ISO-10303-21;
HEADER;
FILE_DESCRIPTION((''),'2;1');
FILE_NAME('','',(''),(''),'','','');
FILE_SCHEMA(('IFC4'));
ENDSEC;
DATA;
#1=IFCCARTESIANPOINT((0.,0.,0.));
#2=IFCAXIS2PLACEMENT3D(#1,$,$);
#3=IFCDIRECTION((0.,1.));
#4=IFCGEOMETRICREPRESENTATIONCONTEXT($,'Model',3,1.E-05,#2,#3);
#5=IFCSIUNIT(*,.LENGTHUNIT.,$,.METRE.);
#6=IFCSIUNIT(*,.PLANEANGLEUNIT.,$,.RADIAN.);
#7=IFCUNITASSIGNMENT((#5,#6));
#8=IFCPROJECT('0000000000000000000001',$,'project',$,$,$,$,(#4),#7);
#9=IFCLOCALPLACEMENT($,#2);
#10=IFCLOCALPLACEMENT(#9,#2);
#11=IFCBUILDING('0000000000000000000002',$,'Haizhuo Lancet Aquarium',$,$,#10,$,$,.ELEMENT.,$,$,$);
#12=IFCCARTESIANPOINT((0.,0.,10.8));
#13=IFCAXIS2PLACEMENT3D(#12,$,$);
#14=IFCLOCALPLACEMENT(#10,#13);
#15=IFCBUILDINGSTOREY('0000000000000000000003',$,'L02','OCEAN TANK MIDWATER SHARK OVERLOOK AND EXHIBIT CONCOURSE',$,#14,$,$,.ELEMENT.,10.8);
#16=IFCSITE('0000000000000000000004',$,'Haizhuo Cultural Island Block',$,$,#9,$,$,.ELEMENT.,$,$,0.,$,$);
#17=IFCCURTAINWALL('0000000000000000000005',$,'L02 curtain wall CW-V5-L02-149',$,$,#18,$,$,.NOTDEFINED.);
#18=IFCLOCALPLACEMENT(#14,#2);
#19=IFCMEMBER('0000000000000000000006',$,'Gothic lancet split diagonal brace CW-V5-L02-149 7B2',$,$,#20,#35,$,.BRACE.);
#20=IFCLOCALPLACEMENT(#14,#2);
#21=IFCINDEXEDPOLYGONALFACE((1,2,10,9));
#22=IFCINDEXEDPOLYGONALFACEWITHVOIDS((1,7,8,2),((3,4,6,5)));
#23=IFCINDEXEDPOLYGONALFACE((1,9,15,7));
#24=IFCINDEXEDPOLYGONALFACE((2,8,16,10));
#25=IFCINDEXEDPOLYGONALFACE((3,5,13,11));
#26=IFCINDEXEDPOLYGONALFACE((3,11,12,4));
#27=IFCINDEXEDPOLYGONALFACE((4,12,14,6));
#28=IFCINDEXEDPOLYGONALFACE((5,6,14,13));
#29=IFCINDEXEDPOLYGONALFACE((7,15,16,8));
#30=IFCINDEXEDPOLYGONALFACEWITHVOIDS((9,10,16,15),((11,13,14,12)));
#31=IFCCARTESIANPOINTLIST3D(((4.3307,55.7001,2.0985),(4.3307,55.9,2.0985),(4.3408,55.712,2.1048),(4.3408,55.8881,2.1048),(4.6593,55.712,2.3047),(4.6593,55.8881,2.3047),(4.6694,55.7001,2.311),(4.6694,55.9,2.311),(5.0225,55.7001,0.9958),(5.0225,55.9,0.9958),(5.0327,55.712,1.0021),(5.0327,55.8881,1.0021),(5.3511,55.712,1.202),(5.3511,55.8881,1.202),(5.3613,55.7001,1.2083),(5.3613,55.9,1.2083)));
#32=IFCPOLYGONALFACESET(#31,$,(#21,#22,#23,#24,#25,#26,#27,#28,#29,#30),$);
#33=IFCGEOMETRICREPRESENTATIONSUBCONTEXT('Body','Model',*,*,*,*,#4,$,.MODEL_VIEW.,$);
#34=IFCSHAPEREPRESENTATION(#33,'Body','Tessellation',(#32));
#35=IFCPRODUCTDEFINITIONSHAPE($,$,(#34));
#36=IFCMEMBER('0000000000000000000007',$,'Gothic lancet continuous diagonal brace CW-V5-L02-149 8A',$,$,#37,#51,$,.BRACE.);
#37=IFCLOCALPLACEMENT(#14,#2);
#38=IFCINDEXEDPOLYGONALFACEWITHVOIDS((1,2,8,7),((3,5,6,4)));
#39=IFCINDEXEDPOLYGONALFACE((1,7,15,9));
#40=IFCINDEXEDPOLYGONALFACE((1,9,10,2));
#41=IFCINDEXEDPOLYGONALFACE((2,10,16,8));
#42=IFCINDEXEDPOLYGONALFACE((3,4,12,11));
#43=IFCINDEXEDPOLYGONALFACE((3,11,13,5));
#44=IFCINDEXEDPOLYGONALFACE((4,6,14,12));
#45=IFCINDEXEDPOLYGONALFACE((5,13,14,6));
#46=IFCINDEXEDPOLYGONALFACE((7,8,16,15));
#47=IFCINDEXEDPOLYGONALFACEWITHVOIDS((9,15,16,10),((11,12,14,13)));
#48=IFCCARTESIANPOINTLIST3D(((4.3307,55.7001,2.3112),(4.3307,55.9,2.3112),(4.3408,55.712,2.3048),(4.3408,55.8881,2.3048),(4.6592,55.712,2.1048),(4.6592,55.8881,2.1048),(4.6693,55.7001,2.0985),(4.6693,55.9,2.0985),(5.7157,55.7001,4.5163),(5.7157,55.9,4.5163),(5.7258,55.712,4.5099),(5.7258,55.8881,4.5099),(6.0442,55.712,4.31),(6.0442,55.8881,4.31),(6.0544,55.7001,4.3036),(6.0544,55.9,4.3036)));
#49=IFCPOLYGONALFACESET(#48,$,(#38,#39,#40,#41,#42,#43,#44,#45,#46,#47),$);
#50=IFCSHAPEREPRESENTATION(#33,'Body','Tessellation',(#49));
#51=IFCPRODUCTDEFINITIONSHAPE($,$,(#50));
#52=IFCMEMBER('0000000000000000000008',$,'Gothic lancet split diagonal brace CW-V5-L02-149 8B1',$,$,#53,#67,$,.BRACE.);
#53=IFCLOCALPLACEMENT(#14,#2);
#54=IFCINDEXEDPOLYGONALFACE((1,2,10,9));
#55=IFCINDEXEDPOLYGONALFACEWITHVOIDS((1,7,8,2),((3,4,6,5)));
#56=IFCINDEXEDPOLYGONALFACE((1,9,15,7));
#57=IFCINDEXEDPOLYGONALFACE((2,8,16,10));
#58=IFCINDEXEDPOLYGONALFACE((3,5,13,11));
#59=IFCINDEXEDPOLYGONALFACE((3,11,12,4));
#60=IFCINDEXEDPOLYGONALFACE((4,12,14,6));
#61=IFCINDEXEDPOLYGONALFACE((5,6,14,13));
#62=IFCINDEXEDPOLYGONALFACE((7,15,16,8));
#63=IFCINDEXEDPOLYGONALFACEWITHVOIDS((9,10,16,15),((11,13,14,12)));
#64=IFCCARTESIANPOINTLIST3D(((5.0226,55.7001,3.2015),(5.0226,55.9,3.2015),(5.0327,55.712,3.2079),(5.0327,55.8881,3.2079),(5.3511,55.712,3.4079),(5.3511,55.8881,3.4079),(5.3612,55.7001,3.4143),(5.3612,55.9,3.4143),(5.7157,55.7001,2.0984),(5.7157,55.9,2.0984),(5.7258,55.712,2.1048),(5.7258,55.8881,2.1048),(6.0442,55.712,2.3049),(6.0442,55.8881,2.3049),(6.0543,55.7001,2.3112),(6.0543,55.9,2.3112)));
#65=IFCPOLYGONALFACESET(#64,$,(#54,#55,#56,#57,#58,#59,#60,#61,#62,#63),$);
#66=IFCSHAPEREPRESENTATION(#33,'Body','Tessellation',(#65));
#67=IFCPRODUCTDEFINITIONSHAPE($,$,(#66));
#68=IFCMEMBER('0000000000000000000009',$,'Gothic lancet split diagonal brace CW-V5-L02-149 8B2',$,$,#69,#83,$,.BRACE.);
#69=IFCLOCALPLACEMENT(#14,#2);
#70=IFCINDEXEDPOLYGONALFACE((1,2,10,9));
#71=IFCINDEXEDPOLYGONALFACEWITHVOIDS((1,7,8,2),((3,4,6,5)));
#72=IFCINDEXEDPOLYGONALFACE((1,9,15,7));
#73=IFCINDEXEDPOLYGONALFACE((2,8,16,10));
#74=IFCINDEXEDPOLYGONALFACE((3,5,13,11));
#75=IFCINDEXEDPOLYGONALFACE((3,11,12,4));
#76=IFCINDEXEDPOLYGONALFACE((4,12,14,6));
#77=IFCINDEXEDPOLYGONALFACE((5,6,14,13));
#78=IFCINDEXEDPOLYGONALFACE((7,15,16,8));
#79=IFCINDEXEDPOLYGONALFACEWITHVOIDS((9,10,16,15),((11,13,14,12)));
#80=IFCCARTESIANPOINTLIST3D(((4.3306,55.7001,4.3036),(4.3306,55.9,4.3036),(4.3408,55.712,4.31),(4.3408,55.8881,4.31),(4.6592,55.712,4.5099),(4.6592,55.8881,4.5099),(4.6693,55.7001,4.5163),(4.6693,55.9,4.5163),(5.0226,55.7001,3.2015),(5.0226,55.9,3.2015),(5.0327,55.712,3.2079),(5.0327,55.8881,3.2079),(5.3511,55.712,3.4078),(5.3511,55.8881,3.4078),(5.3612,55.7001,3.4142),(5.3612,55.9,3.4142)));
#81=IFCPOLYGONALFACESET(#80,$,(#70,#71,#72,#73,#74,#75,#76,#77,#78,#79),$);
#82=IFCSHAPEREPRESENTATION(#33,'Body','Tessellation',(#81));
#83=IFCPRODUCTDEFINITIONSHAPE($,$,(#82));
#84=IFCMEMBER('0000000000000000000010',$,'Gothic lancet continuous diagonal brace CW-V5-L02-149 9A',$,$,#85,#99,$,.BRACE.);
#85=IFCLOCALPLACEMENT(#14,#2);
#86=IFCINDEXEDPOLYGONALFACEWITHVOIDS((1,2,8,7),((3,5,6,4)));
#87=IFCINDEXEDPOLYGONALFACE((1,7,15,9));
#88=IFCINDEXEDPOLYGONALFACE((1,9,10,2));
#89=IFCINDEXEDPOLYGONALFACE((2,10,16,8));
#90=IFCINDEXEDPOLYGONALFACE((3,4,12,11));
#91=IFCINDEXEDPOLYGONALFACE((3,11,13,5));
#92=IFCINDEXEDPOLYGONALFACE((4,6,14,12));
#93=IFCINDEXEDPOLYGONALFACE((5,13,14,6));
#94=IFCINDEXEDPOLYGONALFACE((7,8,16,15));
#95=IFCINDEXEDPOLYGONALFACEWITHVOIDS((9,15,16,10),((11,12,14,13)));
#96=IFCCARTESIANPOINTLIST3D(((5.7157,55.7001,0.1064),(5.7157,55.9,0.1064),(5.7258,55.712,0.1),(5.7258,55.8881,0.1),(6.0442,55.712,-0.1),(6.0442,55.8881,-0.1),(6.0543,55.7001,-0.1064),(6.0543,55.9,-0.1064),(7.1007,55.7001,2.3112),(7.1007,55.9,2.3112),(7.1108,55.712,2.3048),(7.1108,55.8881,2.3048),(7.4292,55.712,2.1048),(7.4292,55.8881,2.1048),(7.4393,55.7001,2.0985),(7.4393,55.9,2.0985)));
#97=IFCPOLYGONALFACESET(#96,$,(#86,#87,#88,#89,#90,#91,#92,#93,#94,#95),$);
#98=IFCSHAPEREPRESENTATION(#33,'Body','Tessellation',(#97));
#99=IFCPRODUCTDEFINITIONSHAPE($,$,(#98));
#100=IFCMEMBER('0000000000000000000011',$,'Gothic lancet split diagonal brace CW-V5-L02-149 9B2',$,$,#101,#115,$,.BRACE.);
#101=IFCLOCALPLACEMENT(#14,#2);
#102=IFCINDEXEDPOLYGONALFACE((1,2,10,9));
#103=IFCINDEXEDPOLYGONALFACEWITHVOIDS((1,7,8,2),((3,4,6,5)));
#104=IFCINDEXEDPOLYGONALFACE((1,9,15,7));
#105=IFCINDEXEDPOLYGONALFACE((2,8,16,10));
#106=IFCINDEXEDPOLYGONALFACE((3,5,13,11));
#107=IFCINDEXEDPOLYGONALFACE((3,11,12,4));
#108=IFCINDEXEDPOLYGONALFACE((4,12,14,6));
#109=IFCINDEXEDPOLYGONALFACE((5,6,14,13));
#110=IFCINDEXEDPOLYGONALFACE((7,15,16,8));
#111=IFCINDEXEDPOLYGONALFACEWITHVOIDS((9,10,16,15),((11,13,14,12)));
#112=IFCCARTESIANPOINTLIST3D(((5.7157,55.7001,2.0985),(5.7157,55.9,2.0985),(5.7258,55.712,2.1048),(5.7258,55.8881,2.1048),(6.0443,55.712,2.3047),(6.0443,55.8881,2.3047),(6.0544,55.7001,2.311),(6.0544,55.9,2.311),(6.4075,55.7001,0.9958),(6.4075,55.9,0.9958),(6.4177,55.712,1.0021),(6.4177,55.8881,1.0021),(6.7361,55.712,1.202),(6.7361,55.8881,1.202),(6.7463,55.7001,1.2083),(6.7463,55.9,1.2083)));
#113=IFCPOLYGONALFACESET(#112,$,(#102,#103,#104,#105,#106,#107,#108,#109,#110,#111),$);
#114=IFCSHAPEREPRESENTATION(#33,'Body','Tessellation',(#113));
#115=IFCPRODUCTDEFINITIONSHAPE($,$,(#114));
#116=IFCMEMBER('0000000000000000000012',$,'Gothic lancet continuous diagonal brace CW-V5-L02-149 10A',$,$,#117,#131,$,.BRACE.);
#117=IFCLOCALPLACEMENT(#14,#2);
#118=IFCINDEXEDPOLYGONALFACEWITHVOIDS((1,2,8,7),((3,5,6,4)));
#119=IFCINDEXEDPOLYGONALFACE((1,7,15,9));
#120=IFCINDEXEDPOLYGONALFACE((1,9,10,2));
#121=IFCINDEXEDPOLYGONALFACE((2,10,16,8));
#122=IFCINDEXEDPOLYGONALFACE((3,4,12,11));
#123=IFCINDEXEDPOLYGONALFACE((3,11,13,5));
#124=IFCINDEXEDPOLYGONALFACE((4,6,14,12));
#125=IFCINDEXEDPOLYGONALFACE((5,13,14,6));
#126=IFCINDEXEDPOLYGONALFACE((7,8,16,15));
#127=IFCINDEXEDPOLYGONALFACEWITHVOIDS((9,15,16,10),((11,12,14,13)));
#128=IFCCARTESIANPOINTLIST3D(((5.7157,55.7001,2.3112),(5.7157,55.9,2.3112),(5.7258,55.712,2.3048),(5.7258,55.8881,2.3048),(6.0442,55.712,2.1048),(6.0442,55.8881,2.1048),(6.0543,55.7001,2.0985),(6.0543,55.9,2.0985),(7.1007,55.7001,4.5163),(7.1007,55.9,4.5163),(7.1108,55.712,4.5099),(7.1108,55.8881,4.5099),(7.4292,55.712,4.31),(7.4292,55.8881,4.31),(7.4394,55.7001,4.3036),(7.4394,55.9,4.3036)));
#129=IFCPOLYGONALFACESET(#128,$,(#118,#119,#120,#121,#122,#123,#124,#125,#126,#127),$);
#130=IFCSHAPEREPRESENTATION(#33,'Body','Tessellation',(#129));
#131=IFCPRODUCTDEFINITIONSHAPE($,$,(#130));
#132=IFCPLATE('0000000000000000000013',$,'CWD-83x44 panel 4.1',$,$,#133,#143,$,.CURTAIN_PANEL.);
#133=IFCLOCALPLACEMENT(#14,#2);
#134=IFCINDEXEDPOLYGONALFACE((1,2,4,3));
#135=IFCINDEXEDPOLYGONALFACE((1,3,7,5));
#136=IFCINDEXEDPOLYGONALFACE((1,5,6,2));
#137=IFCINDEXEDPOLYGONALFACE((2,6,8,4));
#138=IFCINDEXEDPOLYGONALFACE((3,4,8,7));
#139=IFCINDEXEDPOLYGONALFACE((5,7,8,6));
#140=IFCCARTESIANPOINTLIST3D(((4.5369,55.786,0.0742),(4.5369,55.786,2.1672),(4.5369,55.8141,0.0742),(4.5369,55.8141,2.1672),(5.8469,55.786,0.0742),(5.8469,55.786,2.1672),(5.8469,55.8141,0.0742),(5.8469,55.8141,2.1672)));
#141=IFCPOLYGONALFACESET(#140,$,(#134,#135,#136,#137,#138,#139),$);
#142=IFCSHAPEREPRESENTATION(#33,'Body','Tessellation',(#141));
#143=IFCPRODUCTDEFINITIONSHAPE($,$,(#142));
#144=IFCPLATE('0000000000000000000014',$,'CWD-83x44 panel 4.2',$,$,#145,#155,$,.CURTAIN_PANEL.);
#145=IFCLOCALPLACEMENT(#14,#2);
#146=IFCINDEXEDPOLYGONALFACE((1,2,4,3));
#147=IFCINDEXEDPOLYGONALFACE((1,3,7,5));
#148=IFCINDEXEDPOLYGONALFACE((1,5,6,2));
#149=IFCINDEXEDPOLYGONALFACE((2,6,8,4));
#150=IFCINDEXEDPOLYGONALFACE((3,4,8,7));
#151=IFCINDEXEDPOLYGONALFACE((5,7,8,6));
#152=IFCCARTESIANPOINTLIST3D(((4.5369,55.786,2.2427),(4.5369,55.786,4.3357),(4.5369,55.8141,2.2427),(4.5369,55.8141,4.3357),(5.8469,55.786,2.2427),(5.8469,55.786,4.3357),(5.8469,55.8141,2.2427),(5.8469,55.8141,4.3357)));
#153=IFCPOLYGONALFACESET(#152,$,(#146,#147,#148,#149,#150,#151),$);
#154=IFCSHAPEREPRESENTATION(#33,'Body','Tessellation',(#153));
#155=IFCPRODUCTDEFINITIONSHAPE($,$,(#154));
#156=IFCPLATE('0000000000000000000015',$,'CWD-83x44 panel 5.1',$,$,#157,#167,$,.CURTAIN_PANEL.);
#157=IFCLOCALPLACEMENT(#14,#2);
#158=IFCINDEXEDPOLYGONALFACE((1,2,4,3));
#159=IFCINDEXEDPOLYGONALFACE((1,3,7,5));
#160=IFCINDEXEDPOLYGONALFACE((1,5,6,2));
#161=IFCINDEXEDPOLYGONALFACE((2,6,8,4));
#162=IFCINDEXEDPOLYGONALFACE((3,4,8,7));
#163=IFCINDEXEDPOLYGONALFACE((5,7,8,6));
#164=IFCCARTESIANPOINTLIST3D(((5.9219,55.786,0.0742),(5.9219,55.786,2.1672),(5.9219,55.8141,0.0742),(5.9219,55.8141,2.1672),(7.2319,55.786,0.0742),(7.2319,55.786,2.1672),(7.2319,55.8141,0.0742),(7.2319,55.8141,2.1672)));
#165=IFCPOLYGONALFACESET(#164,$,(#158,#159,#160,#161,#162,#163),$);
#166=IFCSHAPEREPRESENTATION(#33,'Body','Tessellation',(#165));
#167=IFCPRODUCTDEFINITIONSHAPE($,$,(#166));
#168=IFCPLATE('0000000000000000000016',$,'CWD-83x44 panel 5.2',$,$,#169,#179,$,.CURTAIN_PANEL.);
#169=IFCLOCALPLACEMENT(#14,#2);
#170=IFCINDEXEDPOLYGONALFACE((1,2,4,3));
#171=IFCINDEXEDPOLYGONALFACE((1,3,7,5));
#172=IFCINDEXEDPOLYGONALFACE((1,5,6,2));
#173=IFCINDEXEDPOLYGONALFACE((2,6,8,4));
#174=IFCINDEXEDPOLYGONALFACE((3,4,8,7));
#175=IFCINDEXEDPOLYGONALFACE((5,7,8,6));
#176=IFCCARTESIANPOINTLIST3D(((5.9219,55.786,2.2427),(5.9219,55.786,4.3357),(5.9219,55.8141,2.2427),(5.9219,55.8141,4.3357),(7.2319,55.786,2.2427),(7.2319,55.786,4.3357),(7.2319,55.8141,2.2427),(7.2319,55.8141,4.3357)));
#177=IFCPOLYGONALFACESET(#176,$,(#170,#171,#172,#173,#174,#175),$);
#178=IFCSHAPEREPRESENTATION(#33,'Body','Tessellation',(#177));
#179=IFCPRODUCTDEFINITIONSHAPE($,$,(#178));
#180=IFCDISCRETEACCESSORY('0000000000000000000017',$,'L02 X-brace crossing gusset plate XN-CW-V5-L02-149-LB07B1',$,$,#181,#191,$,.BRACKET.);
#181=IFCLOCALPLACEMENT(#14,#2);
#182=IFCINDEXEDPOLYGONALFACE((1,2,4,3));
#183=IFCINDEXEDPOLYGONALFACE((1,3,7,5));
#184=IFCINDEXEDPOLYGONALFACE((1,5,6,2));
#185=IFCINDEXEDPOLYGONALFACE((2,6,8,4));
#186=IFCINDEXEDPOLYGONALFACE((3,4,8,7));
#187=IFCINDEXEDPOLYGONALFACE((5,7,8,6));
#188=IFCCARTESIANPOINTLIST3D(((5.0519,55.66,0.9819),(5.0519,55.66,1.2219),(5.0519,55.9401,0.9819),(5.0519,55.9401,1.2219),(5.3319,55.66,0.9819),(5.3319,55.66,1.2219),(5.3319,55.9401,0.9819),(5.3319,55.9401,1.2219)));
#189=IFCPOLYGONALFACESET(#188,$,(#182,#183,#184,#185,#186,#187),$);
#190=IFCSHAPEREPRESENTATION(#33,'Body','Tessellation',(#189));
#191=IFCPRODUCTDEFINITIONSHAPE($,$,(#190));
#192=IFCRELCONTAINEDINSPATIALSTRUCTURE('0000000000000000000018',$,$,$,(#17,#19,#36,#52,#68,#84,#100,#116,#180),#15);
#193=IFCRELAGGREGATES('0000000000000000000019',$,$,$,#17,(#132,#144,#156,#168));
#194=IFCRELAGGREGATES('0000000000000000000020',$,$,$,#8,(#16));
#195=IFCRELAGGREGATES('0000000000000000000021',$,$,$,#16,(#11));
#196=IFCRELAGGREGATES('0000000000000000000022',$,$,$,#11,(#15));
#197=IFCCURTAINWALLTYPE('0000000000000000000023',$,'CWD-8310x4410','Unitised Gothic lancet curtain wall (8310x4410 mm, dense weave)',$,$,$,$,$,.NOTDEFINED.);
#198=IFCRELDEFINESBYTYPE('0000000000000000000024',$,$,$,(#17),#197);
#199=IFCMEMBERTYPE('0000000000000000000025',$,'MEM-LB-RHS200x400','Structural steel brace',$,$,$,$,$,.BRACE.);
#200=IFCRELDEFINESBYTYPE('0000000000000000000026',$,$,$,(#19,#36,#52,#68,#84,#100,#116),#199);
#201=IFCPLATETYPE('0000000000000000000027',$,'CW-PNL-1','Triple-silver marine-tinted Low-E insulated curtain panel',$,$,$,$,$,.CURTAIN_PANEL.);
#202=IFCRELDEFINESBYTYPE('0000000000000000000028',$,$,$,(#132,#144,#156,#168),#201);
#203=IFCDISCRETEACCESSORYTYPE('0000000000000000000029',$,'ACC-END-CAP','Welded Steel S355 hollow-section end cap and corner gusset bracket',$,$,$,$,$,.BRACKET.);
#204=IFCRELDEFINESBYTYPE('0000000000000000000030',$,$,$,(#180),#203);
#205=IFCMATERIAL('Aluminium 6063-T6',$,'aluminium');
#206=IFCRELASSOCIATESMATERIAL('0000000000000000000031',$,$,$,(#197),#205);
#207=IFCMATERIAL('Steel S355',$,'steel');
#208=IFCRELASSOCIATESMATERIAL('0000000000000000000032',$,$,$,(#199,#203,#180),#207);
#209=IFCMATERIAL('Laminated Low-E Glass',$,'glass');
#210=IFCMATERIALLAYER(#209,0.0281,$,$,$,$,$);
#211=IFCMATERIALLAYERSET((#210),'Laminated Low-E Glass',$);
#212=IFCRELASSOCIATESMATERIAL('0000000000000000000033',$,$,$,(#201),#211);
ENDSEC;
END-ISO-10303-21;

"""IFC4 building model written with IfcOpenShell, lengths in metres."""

from ifc_helpers import new_model, si_unit, direction, frame, origin, origin_2d, place, context, subcontext, project, spatial, rectangle, hollow_rectangle, extrude, material, layer, layer_set, material_profile, profile_set, type_object, element, aggregate, save


model = new_model("IFC4")

# Units and contexts
model_context = context("Model", 3, precision=1e-05, world=origin(), true_north=direction((0.0, 1.0)))
body_context = subcontext(model_context, "Body", "Model", "MODEL_VIEW")
ifc_project = project(units=[si_unit("LENGTHUNIT", "METRE"), si_unit("PLANEANGLEUNIT", "RADIAN")], contexts=[model_context])

# Site, building, storey
site_placement = place(None, origin())
site = spatial("IfcSite", under=ifc_project, at=site_placement, Name="Haizhuo Cultural Island Block", CompositionType="ELEMENT", RefElevation=0.0)
building_placement = place(site_placement, origin())
building = spatial("IfcBuilding", under=site, at=building_placement, Name="Haizhuo Lancet Aquarium", CompositionType="ELEMENT")
storey_placement = place(building_placement, frame((0.0, 0.0, 10.8)))
storey = spatial("IfcBuildingStorey", under=building, at=storey_placement, Name="L02", Description="OCEAN TANK MIDWATER SHARK OVERLOOK AND EXHIBIT CONCOURSE", CompositionType="ELEMENT", Elevation=10.8)

# Curtain wall
ifc_material_1 = material(Name="Aluminium 6063-T6", Category="aluminium")
curtain_wall_type = type_object("IfcCurtainWallType", Name="CWD-8310x4410", Description="Unitised Gothic lancet curtain wall (8310x4410 mm, dense weave)", PredefinedType="NOTDEFINED", material=ifc_material_1)
curtain_wall_placement = place(storey_placement, origin())
curtain_wall = element("IfcCurtainWall", 1, at=curtain_wall_placement, inside=storey, type_object=curtain_wall_type, Name="L02 curtain wall CW-V5-L02-149", PredefinedType="NOTDEFINED")

# Members
ifc_material_2 = material(Name="Steel S355", Category="steel")
ifc_material_profile_1 = material_profile(ifc_material_2, hollow_rectangle(XDim=0.2, YDim=0.3999, WallThickness=0.012, at=origin_2d()), Name="RHS 200x400x12")
ifc_profile_set_1 = profile_set([ifc_material_profile_1], Name="Steel S355")
member_type_1 = type_object("IfcMemberType", Name="MEM-LB-RHS200x400", Description="Structural steel brace", PredefinedType="BRACE", material=ifc_profile_set_1)
member_1_placement = place(storey_placement, frame((5.1919, 55.8, 1.1021), z_axis=(-0.531465, 0.0, 0.84708), x_axis=(0.0, -1.0, 0.0)))
element("IfcMember", 2, at=member_1_placement, inside=storey, type_object=member_type_1, Name="Gothic lancet split diagonal brace CW-V5-L02-149 7B2", PredefinedType="BRACE", context=body_context, shape_type="SweptSolid", body=[
    extrude(hollow_rectangle(XDim=0.2, YDim=0.3999, WallThickness=0.012, at=origin_2d()), origin(), (0.0, 0.0, 1.0), 1.3018),
])
member_2_placement = place(storey_placement, frame((4.5, 55.8, 2.2048), z_axis=(0.531885, 0.0, 0.846816), x_axis=(0.0, 1.0, 0.0)))
element("IfcMember", 3, at=member_2_placement, inside=storey, type_object=member_type_1, Name="Gothic lancet continuous diagonal brace CW-V5-L02-149 8A", PredefinedType="BRACE", context=body_context, shape_type="SweptSolid", body=[
    extrude(hollow_rectangle(XDim=0.2, YDim=0.3999, WallThickness=0.012, at=origin_2d()), origin(), (0.0, 0.0, 1.0), 2.604),
])
member_3_placement = place(storey_placement, frame((5.885, 55.8, 2.2048), z_axis=(-0.532053, 0.0, 0.846711), x_axis=(0.0, -1.0, 0.0)))
element("IfcMember", 4, at=member_3_placement, inside=storey, type_object=member_type_1, Name="Gothic lancet split diagonal brace CW-V5-L02-149 8B1", PredefinedType="BRACE", context=body_context, shape_type="SweptSolid", body=[
    extrude(hollow_rectangle(XDim=0.2, YDim=0.3999, WallThickness=0.012, at=origin_2d()), origin(), (0.0, 0.0, 1.0), 1.3027),
])
member_4_placement = place(storey_placement, frame((5.1919, 55.8, 3.3079), z_axis=(-0.531718, 0.0, 0.846921), x_axis=(0.0, -1.0, 0.0)))
element("IfcMember", 5, at=member_4_placement, inside=storey, type_object=member_type_1, Name="Gothic lancet split diagonal brace CW-V5-L02-149 8B2", PredefinedType="BRACE", context=body_context, shape_type="SweptSolid", body=[
    extrude(hollow_rectangle(XDim=0.2, YDim=0.3999, WallThickness=0.012, at=origin_2d()), origin(), (0.0, 0.0, 1.0), 1.3013),
])
member_5_placement = place(storey_placement, frame((5.885, 55.8, 0.0), z_axis=(0.531928, 0.0, 0.84679), x_axis=(0.0, 1.0, 0.0)))
element("IfcMember", 6, at=member_5_placement, inside=storey, type_object=member_type_1, Name="Gothic lancet continuous diagonal brace CW-V5-L02-149 9A", PredefinedType="BRACE", context=body_context, shape_type="SweptSolid", body=[
    extrude(hollow_rectangle(XDim=0.2, YDim=0.3999, WallThickness=0.012, at=origin_2d()), origin(), (0.0, 0.0, 1.0), 2.6038),
])
member_6_placement = place(storey_placement, frame((6.5769, 55.8, 1.1021), z_axis=(-0.531465, 0.0, 0.84708), x_axis=(0.0, -1.0, 0.0)))
element("IfcMember", 7, at=member_6_placement, inside=storey, type_object=member_type_1, Name="Gothic lancet split diagonal brace CW-V5-L02-149 9B2", PredefinedType="BRACE", context=body_context, shape_type="SweptSolid", body=[
    extrude(hollow_rectangle(XDim=0.2, YDim=0.3999, WallThickness=0.012, at=origin_2d()), origin(), (0.0, 0.0, 1.0), 1.3018),
])
member_7_placement = place(storey_placement, frame((5.885, 55.8, 2.2048), z_axis=(0.531885, 0.0, 0.846816), x_axis=(0.0, 1.0, 0.0)))
element("IfcMember", 8, at=member_7_placement, inside=storey, type_object=member_type_1, Name="Gothic lancet continuous diagonal brace CW-V5-L02-149 10A", PredefinedType="BRACE", context=body_context, shape_type="SweptSolid", body=[
    extrude(hollow_rectangle(XDim=0.2, YDim=0.3999, WallThickness=0.012, at=origin_2d()), origin(), (0.0, 0.0, 1.0), 2.604),
])

# Plates
ifc_material_3 = material(Name="Laminated Low-E Glass", Category="glass")
ifc_layer = layer(ifc_material_3, 0.0281)
ifc_layer_set = layer_set([ifc_layer], Name="Laminated Low-E Glass")
plate_type = type_object("IfcPlateType", Name="CW-PNL-1", Description="Triple-silver marine-tinted Low-E insulated curtain panel", PredefinedType="CURTAIN_PANEL", material=ifc_layer_set)
plate_1_placement = place(storey_placement, frame((5.1919, 55.8, 0.0742), z_axis=(0.0, 0.0, 1.0), x_axis=(1.0, 0.0, 0.0)))
plate_1 = element("IfcPlate", 9, at=plate_1_placement, type_object=plate_type, Name="CWD-83x44 panel 4.1", PredefinedType="CURTAIN_PANEL", context=body_context, shape_type="SweptSolid", body=[
    extrude(rectangle(XDim=1.3101, YDim=0.0281, at=origin_2d()), origin(), (0.0, 0.0, 1.0), 2.093),
])
plate_2_placement = place(storey_placement, frame((5.1919, 55.8, 2.2427), z_axis=(0.0, 0.0, 1.0), x_axis=(1.0, 0.0, 0.0)))
plate_2 = element("IfcPlate", 10, at=plate_2_placement, type_object=plate_type, Name="CWD-83x44 panel 4.2", PredefinedType="CURTAIN_PANEL", context=body_context, shape_type="SweptSolid", body=[
    extrude(rectangle(XDim=1.3101, YDim=0.0281, at=origin_2d()), origin(), (0.0, 0.0, 1.0), 2.093),
])
plate_3_placement = place(storey_placement, frame((6.5769, 55.8, 0.0742), z_axis=(0.0, 0.0, 1.0), x_axis=(1.0, 0.0, 0.0)))
plate_3 = element("IfcPlate", 11, at=plate_3_placement, type_object=plate_type, Name="CWD-83x44 panel 5.1", PredefinedType="CURTAIN_PANEL", context=body_context, shape_type="SweptSolid", body=[
    extrude(rectangle(XDim=1.3101, YDim=0.0281, at=origin_2d()), origin(), (0.0, 0.0, 1.0), 2.093),
])
plate_4_placement = place(storey_placement, frame((6.5769, 55.8, 2.2427), z_axis=(0.0, 0.0, 1.0), x_axis=(1.0, 0.0, 0.0)))
plate_4 = element("IfcPlate", 12, at=plate_4_placement, type_object=plate_type, Name="CWD-83x44 panel 5.2", PredefinedType="CURTAIN_PANEL", context=body_context, shape_type="SweptSolid", body=[
    extrude(rectangle(XDim=1.3101, YDim=0.0281, at=origin_2d()), origin(), (0.0, 0.0, 1.0), 2.093),
])
aggregate(curtain_wall, [plate_1, plate_2, plate_3, plate_4])

# Discrete accessory
discrete_accessory_type = type_object("IfcDiscreteAccessoryType", Name="ACC-END-CAP", Description="Welded Steel S355 hollow-section end cap and corner gusset bracket", PredefinedType="BRACKET", material=ifc_material_2)
for number, where, z_axis, x_axis, name in (
    (13, (5.1919, 55.8, 0.9819), (0.0, 0.0, 1.0), (1.0, 0.0, 0.0), "L02 X-brace crossing gusset plate XN-CW-V5-L02-149-LB07B1"),
):
    element("IfcDiscreteAccessory", number, at=place(storey_placement, frame(where, z_axis=z_axis, x_axis=x_axis)), inside=storey, type_object=discrete_accessory_type, material=ifc_material_2, Name=name, PredefinedType="BRACKET", context=body_context, shape_type="SweptSolid", body=[
        extrude(rectangle(XDim=0.28, YDim=0.28, at=origin_2d()), origin(), (0.0, 0.0, 1.0), 0.24),
    ])

save(model, "model.ifc")
